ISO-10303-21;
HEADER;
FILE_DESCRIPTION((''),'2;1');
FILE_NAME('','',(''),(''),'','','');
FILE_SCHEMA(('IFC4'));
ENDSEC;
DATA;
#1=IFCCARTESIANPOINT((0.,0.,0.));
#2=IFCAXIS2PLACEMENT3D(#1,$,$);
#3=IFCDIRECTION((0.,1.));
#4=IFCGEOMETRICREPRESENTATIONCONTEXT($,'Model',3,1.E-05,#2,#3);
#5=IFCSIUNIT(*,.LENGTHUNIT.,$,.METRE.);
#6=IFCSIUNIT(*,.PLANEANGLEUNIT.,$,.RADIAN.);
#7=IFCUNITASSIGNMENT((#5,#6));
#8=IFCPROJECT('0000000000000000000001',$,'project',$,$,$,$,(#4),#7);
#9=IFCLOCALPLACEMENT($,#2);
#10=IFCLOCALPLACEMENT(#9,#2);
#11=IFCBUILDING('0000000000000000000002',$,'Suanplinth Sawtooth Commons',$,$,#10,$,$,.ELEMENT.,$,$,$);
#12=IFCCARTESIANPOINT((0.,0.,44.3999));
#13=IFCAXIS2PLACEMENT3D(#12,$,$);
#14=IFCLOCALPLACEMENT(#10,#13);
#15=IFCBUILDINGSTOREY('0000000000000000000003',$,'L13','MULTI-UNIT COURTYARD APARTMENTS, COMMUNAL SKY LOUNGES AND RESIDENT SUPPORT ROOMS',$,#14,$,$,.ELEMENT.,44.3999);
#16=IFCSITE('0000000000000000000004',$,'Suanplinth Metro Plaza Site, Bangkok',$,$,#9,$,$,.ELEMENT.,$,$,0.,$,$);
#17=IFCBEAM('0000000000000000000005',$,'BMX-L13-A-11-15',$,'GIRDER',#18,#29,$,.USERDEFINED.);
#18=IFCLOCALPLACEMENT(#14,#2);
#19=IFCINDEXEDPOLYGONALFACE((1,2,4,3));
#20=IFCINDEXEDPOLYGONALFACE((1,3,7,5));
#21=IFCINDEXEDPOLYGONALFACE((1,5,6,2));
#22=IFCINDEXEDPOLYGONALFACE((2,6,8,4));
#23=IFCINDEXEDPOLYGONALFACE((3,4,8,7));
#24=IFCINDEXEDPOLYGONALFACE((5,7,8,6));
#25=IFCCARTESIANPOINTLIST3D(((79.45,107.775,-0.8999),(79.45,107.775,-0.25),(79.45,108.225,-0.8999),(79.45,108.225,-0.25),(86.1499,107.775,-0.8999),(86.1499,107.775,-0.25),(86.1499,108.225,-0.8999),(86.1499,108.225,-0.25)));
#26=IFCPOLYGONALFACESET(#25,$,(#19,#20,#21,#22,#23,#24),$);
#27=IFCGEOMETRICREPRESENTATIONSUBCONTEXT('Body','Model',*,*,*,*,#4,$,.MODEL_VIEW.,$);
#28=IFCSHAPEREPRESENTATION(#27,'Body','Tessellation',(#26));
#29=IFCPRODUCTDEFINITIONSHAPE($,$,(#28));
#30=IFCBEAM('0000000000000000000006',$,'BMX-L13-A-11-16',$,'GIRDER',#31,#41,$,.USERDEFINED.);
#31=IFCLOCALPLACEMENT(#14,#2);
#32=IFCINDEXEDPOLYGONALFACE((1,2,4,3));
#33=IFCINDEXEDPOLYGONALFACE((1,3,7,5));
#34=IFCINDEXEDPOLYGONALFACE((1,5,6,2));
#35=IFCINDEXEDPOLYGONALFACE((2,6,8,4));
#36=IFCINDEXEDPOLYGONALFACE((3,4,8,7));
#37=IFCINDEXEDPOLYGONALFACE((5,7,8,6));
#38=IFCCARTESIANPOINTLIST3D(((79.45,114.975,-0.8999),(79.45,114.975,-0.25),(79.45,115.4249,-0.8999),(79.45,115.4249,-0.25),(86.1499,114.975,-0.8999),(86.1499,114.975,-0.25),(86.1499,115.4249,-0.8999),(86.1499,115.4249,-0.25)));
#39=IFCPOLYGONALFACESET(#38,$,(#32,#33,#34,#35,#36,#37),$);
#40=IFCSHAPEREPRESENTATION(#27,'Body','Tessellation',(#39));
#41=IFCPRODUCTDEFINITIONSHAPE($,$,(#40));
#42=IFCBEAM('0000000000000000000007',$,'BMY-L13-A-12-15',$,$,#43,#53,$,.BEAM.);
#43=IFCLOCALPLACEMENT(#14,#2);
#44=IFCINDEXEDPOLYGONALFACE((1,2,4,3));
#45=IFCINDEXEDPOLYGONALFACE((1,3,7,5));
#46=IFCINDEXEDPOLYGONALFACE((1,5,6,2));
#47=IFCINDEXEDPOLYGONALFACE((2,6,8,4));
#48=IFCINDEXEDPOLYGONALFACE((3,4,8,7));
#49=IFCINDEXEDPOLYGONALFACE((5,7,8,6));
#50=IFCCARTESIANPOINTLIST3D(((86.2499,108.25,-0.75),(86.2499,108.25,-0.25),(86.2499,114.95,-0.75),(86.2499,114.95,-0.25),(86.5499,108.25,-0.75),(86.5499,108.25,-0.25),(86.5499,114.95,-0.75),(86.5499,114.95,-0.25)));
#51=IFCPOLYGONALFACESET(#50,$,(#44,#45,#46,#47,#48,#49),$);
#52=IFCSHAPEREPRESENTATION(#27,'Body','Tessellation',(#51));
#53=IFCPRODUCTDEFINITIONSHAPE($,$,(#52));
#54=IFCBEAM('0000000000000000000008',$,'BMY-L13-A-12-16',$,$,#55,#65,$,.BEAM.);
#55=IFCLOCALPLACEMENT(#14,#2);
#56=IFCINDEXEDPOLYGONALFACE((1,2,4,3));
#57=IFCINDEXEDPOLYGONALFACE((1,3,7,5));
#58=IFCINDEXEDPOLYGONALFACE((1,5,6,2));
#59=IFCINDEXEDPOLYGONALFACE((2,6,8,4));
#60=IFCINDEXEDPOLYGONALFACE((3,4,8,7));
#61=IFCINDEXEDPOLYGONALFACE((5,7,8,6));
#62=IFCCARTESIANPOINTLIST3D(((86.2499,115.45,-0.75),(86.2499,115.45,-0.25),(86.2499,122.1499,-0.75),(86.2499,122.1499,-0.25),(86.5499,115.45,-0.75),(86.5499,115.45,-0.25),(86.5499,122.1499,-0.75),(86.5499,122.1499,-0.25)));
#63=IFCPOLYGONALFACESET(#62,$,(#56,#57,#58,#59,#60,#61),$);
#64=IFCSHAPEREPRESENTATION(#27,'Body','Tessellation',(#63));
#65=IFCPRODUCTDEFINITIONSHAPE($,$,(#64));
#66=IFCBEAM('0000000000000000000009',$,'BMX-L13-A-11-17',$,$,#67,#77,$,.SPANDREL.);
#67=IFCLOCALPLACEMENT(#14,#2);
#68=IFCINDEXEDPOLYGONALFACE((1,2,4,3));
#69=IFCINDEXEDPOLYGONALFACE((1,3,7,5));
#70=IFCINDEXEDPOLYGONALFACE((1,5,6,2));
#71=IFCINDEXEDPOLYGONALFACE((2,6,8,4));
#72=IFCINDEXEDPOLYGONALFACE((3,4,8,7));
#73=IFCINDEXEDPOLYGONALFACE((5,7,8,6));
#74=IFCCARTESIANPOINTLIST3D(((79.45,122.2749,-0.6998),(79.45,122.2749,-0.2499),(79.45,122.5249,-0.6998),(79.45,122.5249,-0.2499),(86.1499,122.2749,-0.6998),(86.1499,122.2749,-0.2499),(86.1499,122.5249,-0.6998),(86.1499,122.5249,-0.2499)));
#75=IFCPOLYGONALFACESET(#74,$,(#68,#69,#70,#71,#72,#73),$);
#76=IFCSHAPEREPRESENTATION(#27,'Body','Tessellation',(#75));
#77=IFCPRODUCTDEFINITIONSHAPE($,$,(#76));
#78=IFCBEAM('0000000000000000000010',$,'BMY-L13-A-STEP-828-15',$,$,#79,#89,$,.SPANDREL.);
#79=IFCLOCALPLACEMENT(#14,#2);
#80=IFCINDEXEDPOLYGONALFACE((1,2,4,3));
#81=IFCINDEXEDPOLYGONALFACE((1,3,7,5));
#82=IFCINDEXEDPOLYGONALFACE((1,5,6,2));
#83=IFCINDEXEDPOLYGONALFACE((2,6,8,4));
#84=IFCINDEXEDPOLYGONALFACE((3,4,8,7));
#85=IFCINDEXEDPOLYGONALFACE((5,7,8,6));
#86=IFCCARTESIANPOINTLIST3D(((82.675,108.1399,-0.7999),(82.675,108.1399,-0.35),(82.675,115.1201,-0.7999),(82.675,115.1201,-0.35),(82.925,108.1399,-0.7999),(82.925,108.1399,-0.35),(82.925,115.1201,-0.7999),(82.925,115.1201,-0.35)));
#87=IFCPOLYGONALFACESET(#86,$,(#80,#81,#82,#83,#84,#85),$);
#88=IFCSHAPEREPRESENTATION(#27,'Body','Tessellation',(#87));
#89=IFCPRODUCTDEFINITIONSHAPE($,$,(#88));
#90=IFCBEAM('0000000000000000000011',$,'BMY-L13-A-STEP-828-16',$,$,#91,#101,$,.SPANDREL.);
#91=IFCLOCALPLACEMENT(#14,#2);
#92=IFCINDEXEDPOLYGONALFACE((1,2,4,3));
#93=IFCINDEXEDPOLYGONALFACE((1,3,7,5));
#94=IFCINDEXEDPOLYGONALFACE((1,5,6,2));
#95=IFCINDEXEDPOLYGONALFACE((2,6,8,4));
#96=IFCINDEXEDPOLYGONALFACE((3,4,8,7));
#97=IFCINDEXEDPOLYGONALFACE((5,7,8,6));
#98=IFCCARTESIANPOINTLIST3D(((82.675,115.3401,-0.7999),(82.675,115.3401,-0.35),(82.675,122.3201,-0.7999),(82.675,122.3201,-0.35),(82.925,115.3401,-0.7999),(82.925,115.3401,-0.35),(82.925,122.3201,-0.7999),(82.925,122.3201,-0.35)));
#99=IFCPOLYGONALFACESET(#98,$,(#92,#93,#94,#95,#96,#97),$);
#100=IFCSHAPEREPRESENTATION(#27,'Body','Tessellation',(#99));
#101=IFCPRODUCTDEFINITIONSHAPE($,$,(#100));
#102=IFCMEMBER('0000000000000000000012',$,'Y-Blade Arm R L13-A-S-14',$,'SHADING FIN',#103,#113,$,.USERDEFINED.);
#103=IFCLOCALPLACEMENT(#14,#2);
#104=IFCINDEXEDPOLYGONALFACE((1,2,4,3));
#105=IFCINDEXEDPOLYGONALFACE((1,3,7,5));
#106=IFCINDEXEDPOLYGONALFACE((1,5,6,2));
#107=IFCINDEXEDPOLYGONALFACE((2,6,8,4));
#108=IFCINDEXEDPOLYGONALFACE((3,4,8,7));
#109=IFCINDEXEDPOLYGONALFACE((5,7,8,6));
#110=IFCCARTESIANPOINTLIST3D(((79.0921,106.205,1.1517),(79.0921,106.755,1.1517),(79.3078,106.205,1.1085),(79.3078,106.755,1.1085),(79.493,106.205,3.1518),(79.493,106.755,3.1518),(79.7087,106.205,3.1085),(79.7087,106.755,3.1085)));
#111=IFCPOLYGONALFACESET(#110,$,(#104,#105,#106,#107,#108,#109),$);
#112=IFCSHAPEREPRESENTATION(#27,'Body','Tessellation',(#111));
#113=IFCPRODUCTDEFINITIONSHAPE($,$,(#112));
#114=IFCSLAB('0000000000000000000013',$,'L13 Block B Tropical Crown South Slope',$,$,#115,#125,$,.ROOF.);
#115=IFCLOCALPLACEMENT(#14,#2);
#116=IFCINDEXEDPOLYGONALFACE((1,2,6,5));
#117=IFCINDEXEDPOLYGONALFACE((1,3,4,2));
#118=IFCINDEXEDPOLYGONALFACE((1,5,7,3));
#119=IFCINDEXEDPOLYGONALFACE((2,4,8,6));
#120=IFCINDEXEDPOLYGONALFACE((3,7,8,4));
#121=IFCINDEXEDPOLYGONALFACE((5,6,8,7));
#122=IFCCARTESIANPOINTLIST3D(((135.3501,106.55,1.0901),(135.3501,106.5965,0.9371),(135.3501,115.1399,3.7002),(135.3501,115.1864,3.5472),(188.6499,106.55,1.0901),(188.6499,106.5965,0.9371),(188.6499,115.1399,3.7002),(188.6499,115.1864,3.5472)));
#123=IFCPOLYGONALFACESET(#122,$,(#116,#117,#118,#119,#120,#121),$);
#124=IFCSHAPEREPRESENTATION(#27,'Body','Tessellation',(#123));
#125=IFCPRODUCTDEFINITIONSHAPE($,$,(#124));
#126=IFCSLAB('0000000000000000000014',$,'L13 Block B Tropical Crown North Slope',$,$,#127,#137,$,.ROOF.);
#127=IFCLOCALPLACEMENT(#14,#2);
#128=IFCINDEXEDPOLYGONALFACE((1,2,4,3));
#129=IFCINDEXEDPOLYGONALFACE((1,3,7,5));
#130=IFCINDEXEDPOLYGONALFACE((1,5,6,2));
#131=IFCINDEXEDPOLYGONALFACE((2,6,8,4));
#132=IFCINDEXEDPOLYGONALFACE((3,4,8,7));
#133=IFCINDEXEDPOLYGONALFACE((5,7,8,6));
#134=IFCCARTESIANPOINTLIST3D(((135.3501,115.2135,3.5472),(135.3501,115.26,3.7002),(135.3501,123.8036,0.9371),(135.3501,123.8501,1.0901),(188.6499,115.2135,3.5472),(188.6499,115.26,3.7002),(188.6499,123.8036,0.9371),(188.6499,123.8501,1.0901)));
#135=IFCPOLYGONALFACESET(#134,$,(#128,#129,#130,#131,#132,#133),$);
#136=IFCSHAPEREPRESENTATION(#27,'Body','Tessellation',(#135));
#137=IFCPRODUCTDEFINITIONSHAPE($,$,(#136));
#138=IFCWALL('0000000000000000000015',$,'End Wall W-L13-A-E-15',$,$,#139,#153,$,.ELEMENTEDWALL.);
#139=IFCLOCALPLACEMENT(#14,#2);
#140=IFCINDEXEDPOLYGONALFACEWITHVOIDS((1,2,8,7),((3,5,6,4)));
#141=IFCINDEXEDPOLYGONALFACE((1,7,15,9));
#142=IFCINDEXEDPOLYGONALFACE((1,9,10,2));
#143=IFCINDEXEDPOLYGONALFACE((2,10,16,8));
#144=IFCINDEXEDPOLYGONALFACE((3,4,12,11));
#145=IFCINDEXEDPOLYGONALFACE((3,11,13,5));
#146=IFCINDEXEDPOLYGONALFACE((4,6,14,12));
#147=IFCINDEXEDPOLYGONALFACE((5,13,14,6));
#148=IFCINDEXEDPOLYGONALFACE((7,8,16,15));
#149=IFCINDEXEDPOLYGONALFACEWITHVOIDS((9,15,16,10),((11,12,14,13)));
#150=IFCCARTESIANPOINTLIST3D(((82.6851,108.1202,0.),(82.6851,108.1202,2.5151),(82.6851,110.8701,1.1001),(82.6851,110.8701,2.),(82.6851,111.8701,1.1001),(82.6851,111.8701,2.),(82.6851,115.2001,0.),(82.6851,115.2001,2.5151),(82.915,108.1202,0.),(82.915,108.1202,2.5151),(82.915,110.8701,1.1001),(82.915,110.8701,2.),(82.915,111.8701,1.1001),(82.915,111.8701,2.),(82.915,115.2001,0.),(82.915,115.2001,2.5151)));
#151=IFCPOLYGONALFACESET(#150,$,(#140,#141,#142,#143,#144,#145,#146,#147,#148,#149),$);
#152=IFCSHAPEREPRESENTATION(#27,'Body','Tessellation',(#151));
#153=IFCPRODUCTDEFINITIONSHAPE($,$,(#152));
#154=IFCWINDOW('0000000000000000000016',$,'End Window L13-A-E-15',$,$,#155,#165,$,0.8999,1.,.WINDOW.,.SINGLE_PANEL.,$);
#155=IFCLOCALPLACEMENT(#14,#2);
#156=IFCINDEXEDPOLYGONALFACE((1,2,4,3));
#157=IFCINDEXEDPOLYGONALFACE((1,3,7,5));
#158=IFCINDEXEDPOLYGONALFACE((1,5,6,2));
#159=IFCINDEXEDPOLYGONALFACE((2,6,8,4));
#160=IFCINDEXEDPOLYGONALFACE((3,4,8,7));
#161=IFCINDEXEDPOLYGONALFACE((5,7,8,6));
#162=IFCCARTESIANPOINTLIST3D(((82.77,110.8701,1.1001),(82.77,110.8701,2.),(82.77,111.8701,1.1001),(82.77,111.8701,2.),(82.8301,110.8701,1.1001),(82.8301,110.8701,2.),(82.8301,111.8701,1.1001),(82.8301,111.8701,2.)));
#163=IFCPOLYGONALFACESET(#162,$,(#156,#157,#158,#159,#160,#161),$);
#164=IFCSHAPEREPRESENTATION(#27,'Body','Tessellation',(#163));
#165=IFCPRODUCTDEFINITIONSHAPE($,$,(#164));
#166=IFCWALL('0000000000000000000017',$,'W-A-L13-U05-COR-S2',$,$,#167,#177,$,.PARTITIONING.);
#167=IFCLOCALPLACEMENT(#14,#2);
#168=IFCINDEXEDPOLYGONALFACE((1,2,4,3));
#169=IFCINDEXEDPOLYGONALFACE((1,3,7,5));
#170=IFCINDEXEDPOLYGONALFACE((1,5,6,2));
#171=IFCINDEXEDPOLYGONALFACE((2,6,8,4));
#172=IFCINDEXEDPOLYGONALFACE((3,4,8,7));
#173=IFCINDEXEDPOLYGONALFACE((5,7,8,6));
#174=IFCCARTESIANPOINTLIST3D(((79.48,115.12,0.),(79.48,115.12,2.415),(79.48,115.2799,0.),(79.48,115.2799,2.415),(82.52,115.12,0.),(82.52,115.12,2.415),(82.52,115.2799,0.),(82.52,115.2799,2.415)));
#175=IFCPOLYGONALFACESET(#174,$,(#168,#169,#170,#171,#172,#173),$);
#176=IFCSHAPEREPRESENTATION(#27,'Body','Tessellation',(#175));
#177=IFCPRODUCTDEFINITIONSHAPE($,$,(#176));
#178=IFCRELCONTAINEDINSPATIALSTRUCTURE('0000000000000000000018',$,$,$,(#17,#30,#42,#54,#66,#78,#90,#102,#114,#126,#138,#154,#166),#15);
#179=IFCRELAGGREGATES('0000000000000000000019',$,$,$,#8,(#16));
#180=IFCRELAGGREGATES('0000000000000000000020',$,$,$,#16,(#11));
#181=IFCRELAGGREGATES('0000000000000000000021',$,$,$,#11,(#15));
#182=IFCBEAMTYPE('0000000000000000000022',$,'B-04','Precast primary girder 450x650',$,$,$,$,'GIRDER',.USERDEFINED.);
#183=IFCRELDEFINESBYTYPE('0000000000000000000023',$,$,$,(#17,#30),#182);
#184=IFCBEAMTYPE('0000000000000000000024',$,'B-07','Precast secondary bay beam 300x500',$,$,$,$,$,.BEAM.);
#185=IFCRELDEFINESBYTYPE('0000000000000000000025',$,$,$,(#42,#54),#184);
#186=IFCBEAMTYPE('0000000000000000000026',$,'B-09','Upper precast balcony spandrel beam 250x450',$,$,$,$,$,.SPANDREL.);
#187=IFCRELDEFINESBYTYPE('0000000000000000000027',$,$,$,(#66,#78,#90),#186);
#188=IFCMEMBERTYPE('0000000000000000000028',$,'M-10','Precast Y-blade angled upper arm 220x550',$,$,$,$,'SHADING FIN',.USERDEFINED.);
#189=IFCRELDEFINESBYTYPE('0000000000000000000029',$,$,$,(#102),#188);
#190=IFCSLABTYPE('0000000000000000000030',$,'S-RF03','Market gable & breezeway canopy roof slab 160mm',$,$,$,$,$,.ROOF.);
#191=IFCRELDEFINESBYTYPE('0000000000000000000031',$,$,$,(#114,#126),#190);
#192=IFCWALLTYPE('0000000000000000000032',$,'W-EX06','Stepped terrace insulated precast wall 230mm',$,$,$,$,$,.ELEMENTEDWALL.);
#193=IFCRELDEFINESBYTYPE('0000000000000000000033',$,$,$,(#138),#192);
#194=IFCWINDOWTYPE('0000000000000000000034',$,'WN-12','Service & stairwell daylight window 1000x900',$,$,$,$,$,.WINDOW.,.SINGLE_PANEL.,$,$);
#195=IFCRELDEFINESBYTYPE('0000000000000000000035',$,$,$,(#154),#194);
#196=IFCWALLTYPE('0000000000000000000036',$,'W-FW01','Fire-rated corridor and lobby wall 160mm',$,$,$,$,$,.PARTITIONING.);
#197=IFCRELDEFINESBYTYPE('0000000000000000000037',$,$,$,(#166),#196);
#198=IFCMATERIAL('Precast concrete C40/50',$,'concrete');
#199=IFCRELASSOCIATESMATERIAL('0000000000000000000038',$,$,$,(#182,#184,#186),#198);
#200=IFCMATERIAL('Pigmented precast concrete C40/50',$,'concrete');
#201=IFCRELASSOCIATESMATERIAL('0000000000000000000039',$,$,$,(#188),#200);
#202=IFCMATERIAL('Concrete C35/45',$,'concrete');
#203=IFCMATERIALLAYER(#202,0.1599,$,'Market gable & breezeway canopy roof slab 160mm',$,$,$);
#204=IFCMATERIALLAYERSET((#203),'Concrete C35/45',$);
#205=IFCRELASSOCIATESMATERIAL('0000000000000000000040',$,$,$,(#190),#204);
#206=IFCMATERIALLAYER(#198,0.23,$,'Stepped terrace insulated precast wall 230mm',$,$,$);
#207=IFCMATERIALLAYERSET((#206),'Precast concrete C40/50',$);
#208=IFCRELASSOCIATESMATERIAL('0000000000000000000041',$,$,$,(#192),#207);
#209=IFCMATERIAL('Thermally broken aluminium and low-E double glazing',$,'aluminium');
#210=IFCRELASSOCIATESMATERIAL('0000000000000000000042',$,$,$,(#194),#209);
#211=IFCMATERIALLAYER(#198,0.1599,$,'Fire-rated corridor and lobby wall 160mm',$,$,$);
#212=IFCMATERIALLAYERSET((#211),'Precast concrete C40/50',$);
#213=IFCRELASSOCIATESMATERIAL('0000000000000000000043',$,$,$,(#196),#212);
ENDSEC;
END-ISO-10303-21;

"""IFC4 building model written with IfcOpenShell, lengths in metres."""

from ifc_helpers import new_model, si_unit, direction, frame, frame_2d, origin, origin_2d, place, context, subcontext, project, spatial, polyline, rectangle, outline, extrude, material, layer, layer_set, material_profile, profile_set, type_object, element, fill, save


model = new_model("IFC4")

# Units and contexts
model_context = context("Model", 3, precision=1e-05, world=origin(), true_north=direction((0.0, 1.0)))
body_context = subcontext(model_context, "Body", "Model", "MODEL_VIEW")
ifc_project = project(units=[si_unit("LENGTHUNIT", "METRE"), si_unit("PLANEANGLEUNIT", "RADIAN")], contexts=[model_context])

# Site, building, storey
site_placement = place(None, origin())
site = spatial("IfcSite", under=ifc_project, at=site_placement, Name="Suanplinth Metro Plaza Site, Bangkok", CompositionType="ELEMENT", RefElevation=0.0)
building_placement = place(site_placement, origin())
building = spatial("IfcBuilding", under=site, at=building_placement, Name="Suanplinth Sawtooth Commons", CompositionType="ELEMENT")
storey_placement = place(building_placement, frame((0.0, 0.0, 44.3999)))
storey = spatial("IfcBuildingStorey", under=building, at=storey_placement, Name="L13", Description="MULTI-UNIT COURTYARD APARTMENTS, COMMUNAL SKY LOUNGES AND RESIDENT SUPPORT ROOMS", CompositionType="ELEMENT", Elevation=44.3999)

# Beams
ifc_material_1 = material(Name="Precast concrete C40/50", Category="concrete")
ifc_material_profile_1 = material_profile(ifc_material_1, rectangle(XDim=0.45, YDim=0.6499, at=origin_2d()), Name="PC-GDR 450x650")
ifc_profile_set_1 = profile_set([ifc_material_profile_1], Name="Precast concrete C40/50")
beam_type_1 = type_object("IfcBeamType", Name="B-04", Description="Precast primary girder 450x650", ElementType="GIRDER", PredefinedType="USERDEFINED", material=ifc_profile_set_1)
for number, where, z_axis, x_axis, name in (
    (1, (79.45, 108.0, -0.575), (1.0, 0.0, 0.0), (0.0, 1.0, 0.0), "BMX-L13-A-11-15"),
    (2, (79.45, 115.2, -0.575), (1.0, 0.0, 0.0), (0.0, 1.0, 0.0), "BMX-L13-A-11-16"),
):
    element("IfcBeam", number, at=place(storey_placement, frame(where, z_axis=z_axis, x_axis=x_axis)), inside=storey, type_object=beam_type_1, Name=name, ObjectType="GIRDER", PredefinedType="USERDEFINED", context=body_context, shape_type="SweptSolid", body=[
        extrude(rectangle(XDim=0.45, YDim=0.6499, at=origin_2d()), origin(), (0.0, 0.0, 1.0), 6.7),
    ])
ifc_material_profile_2 = material_profile(ifc_material_1, rectangle(XDim=0.3, YDim=0.5, at=origin_2d()), Name="PC-BM 300x500")
ifc_profile_set_2 = profile_set([ifc_material_profile_2], Name="Precast concrete C40/50")
beam_type_2 = type_object("IfcBeamType", Name="B-07", Description="Precast secondary bay beam 300x500", PredefinedType="BEAM", material=ifc_profile_set_2)
for number, where, z_axis, x_axis, name in (
    (3, (86.3999, 108.25, -0.5), (0.0, 1.0, 0.0), (-1.0, 0.0, 0.0), "BMY-L13-A-12-15"),
    (4, (86.3999, 115.45, -0.5), (0.0, 1.0, 0.0), (-1.0, 0.0, 0.0), "BMY-L13-A-12-16"),
):
    element("IfcBeam", number, at=place(storey_placement, frame(where, z_axis=z_axis, x_axis=x_axis)), inside=storey, type_object=beam_type_2, Name=name, PredefinedType="BEAM", context=body_context, shape_type="SweptSolid", body=[
        extrude(rectangle(XDim=0.3, YDim=0.5, at=origin_2d()), origin(), (0.0, 0.0, 1.0), 6.7),
    ])
ifc_material_profile_3 = material_profile(ifc_material_1, rectangle(XDim=0.25, YDim=0.45, at=origin_2d()), Name="PC-SP 250x450")
ifc_profile_set_3 = profile_set([ifc_material_profile_3], Name="Precast concrete C40/50")
beam_type_3 = type_object("IfcBeamType", Name="B-09", Description="Upper precast balcony spandrel beam 250x450", PredefinedType="SPANDREL", material=ifc_profile_set_3)
beam_1_placement = place(storey_placement, frame((79.45, 122.3999, -0.4749), z_axis=(1.0, 0.0, 0.0), x_axis=(0.0, 1.0, 0.0)))
element("IfcBeam", 5, at=beam_1_placement, inside=storey, type_object=beam_type_3, Name="BMX-L13-A-11-17", PredefinedType="SPANDREL", context=body_context, shape_type="SweptSolid", body=[
    extrude(rectangle(XDim=0.25, YDim=0.45, at=origin_2d()), origin(), (0.0, 0.0, 1.0), 6.7),
])
beam_2_placement = place(storey_placement, frame((82.8, 108.1399, -0.575), z_axis=(0.0, 1.0, 0.0), x_axis=(-1.0, 0.0, 0.0)))
element("IfcBeam", 6, at=beam_2_placement, inside=storey, type_object=beam_type_3, Name="BMY-L13-A-STEP-828-15", PredefinedType="SPANDREL", context=body_context, shape_type="SweptSolid", body=[
    extrude(rectangle(XDim=0.25, YDim=0.45, at=origin_2d()), origin(), (0.0, 0.0, 1.0), 6.9802),
])
beam_3_placement = place(storey_placement, frame((82.8, 115.3401, -0.575), z_axis=(0.0, 1.0, 0.0), x_axis=(-1.0, 0.0, 0.0)))
element("IfcBeam", 7, at=beam_3_placement, inside=storey, type_object=beam_type_3, Name="BMY-L13-A-STEP-828-16", PredefinedType="SPANDREL", context=body_context, shape_type="SweptSolid", body=[
    extrude(rectangle(XDim=0.25, YDim=0.45, at=origin_2d()), origin(), (0.0, 0.0, 1.0), 6.98),
])

# Member
ifc_material_2 = material(Name="Pigmented precast concrete C40/50", Category="concrete")
ifc_material_profile_4 = material_profile(ifc_material_2, rectangle(XDim=0.22, YDim=0.55, at=origin_2d()), Name="PC-FIN 220x550")
ifc_profile_set_4 = profile_set([ifc_material_profile_4], Name="Pigmented precast concrete C40/50")
member_type = type_object("IfcMemberType", Name="M-10", Description="Precast Y-blade angled upper arm 220x550", ElementType="SHADING FIN", PredefinedType="USERDEFINED", material=ifc_profile_set_4)
member_placement = place(storey_placement, frame((79.2, 106.48, 1.1301), z_axis=(0.19653, 0.0, 0.980498), x_axis=(-0.980498, 0.0, 0.19653)))
element("IfcMember", 8, at=member_placement, inside=storey, type_object=member_type, Name="Y-Blade Arm R L13-A-S-14", ObjectType="SHADING FIN", PredefinedType="USERDEFINED", context=body_context, shape_type="SweptSolid", body=[
    extrude(rectangle(XDim=0.22, YDim=0.55, at=origin_2d()), origin(), (0.0, 0.0, 1.0), 2.0398),
])

# Slabs
ifc_material_3 = material(Name="Concrete C35/45", Category="concrete")
ifc_layer_1 = layer(ifc_material_3, 0.1599, Name="Market gable & breezeway canopy roof slab 160mm")
ifc_layer_set_1 = layer_set([ifc_layer_1], Name="Concrete C35/45")
slab_type = type_object("IfcSlabType", Name="S-RF03", Description="Market gable & breezeway canopy roof slab 160mm", PredefinedType="ROOF", material=ifc_layer_set_1)
slab_1_placement = place(storey_placement, frame((135.3501, 106.55, 1.0901), z_axis=(0.0, -0.290734, 0.956804), x_axis=(1.0, 0.0, 0.0)))
element("IfcSlab", 9, at=slab_1_placement, inside=storey, type_object=slab_type, Name="L13 Block B Tropical Crown South Slope", PredefinedType="ROOF", context=body_context, shape_type="SweptSolid", body=[
    extrude(outline(polyline([(0.0, 0.0), (53.2998, 0.0), (53.2998, 8.9776), (0.0, 8.9776), (0.0, 0.0)])), origin(), (0.0, 0.0, -1.0), 0.1599),
])
slab_2_placement = place(storey_placement, frame((135.3501, 123.8501, 1.0901), z_axis=(0.0, 0.290727, 0.956806), x_axis=(1.0, 0.0, 0.0)))
element("IfcSlab", 10, at=slab_2_placement, inside=storey, type_object=slab_type, Name="L13 Block B Tropical Crown North Slope", PredefinedType="ROOF", context=body_context, shape_type="SweptSolid", body=[
    extrude(outline(polyline([(0.0, 0.0), (53.2998, 0.0), (53.2998, -8.9779), (0.0, -8.9779), (0.0, 0.0)])), origin(), (0.0, 0.0, -1.0), 0.1599),
])

# Wall, opening, window
ifc_layer_2 = layer(ifc_material_1, 0.23, Name="Stepped terrace insulated precast wall 230mm")
ifc_layer_set_2 = layer_set([ifc_layer_2], Name="Precast concrete C40/50")
wall_type_1 = type_object("IfcWallType", Name="W-EX06", Description="Stepped terrace insulated precast wall 230mm", PredefinedType="ELEMENTEDWALL", material=ifc_layer_set_2)
wall_1_placement = place(storey_placement, frame((82.8, 108.1201, 0.0), z_axis=(0.0, 0.0, 1.0), x_axis=(0.0, 1.0, 0.0)))
wall_1 = element("IfcWall", 11, at=wall_1_placement, inside=storey, type_object=wall_type_1, Name="End Wall W-L13-A-E-15", PredefinedType="ELEMENTEDWALL", context=body_context, shape_type="SweptSolid", body=[
    extrude(rectangle(XDim=7.0798, YDim=0.23, at=frame_2d((3.54, 0.0))), origin(), (0.0, 0.0, 1.0), 2.5151),
])
opening_1_placement = place(wall_1_placement, frame((2.75, 0.0, 1.1001)))
opening_1 = element("IfcOpeningElement", 12, at=opening_1_placement, cuts=wall_1, PredefinedType="OPENING", context=body_context, shape_type="SweptSolid", body=[
    extrude(rectangle(XDim=1.0, YDim=0.8999, at=frame_2d((0.5, 0.45))), frame((0.0, 0.1299, 0.0), z_axis=(0.0, -1.0, 0.0), x_axis=(1.0, 0.0, 0.0)), (0.0, 0.0, 1.0), 0.2598),
])
ifc_material_4 = material(Name="Thermally broken aluminium and low-E double glazing", Category="aluminium")
window_type = type_object("IfcWindowType", Name="WN-12", Description="Service & stairwell daylight window 1000x900", PartitioningType="SINGLE_PANEL", PredefinedType="WINDOW", material=ifc_material_4)
window_placement = place(opening_1_placement, origin())
window = element("IfcWindow", 13, at=window_placement, inside=storey, type_object=window_type, Name="End Window L13-A-E-15", OverallHeight=0.8999, OverallWidth=1.0, PartitioningType="SINGLE_PANEL", PredefinedType="WINDOW", context=body_context, shape_type="SweptSolid", body=[
    extrude(rectangle(XDim=1.0, YDim=0.8999, at=frame_2d((0.5, 0.45))), frame((0.0, 0.03, 0.0), z_axis=(0.0, -1.0, 0.0), x_axis=(1.0, 0.0, 0.0)), (0.0, 0.0, 1.0), 0.0601),
])
fill(opening_1, window)

# Wall
ifc_layer_3 = layer(ifc_material_1, 0.1599, Name="Fire-rated corridor and lobby wall 160mm")
ifc_layer_set_3 = layer_set([ifc_layer_3], Name="Precast concrete C40/50")
wall_type_2 = type_object("IfcWallType", Name="W-FW01", Description="Fire-rated corridor and lobby wall 160mm", PredefinedType="PARTITIONING", material=ifc_layer_set_3)
wall_2_placement = place(storey_placement, frame((79.48, 115.2, 0.0), z_axis=(0.0, 0.0, 1.0), x_axis=(1.0, 0.0, 0.0)))
element("IfcWall", 14, at=wall_2_placement, inside=storey, type_object=wall_type_2, Name="W-A-L13-U05-COR-S2", PredefinedType="PARTITIONING", context=body_context, shape_type="SweptSolid", body=[
    extrude(rectangle(XDim=3.04, YDim=0.1599, at=frame_2d((1.52, 0.0))), origin(), (0.0, 0.0, 1.0), 2.415),
])

save(model, "model.ifc")
